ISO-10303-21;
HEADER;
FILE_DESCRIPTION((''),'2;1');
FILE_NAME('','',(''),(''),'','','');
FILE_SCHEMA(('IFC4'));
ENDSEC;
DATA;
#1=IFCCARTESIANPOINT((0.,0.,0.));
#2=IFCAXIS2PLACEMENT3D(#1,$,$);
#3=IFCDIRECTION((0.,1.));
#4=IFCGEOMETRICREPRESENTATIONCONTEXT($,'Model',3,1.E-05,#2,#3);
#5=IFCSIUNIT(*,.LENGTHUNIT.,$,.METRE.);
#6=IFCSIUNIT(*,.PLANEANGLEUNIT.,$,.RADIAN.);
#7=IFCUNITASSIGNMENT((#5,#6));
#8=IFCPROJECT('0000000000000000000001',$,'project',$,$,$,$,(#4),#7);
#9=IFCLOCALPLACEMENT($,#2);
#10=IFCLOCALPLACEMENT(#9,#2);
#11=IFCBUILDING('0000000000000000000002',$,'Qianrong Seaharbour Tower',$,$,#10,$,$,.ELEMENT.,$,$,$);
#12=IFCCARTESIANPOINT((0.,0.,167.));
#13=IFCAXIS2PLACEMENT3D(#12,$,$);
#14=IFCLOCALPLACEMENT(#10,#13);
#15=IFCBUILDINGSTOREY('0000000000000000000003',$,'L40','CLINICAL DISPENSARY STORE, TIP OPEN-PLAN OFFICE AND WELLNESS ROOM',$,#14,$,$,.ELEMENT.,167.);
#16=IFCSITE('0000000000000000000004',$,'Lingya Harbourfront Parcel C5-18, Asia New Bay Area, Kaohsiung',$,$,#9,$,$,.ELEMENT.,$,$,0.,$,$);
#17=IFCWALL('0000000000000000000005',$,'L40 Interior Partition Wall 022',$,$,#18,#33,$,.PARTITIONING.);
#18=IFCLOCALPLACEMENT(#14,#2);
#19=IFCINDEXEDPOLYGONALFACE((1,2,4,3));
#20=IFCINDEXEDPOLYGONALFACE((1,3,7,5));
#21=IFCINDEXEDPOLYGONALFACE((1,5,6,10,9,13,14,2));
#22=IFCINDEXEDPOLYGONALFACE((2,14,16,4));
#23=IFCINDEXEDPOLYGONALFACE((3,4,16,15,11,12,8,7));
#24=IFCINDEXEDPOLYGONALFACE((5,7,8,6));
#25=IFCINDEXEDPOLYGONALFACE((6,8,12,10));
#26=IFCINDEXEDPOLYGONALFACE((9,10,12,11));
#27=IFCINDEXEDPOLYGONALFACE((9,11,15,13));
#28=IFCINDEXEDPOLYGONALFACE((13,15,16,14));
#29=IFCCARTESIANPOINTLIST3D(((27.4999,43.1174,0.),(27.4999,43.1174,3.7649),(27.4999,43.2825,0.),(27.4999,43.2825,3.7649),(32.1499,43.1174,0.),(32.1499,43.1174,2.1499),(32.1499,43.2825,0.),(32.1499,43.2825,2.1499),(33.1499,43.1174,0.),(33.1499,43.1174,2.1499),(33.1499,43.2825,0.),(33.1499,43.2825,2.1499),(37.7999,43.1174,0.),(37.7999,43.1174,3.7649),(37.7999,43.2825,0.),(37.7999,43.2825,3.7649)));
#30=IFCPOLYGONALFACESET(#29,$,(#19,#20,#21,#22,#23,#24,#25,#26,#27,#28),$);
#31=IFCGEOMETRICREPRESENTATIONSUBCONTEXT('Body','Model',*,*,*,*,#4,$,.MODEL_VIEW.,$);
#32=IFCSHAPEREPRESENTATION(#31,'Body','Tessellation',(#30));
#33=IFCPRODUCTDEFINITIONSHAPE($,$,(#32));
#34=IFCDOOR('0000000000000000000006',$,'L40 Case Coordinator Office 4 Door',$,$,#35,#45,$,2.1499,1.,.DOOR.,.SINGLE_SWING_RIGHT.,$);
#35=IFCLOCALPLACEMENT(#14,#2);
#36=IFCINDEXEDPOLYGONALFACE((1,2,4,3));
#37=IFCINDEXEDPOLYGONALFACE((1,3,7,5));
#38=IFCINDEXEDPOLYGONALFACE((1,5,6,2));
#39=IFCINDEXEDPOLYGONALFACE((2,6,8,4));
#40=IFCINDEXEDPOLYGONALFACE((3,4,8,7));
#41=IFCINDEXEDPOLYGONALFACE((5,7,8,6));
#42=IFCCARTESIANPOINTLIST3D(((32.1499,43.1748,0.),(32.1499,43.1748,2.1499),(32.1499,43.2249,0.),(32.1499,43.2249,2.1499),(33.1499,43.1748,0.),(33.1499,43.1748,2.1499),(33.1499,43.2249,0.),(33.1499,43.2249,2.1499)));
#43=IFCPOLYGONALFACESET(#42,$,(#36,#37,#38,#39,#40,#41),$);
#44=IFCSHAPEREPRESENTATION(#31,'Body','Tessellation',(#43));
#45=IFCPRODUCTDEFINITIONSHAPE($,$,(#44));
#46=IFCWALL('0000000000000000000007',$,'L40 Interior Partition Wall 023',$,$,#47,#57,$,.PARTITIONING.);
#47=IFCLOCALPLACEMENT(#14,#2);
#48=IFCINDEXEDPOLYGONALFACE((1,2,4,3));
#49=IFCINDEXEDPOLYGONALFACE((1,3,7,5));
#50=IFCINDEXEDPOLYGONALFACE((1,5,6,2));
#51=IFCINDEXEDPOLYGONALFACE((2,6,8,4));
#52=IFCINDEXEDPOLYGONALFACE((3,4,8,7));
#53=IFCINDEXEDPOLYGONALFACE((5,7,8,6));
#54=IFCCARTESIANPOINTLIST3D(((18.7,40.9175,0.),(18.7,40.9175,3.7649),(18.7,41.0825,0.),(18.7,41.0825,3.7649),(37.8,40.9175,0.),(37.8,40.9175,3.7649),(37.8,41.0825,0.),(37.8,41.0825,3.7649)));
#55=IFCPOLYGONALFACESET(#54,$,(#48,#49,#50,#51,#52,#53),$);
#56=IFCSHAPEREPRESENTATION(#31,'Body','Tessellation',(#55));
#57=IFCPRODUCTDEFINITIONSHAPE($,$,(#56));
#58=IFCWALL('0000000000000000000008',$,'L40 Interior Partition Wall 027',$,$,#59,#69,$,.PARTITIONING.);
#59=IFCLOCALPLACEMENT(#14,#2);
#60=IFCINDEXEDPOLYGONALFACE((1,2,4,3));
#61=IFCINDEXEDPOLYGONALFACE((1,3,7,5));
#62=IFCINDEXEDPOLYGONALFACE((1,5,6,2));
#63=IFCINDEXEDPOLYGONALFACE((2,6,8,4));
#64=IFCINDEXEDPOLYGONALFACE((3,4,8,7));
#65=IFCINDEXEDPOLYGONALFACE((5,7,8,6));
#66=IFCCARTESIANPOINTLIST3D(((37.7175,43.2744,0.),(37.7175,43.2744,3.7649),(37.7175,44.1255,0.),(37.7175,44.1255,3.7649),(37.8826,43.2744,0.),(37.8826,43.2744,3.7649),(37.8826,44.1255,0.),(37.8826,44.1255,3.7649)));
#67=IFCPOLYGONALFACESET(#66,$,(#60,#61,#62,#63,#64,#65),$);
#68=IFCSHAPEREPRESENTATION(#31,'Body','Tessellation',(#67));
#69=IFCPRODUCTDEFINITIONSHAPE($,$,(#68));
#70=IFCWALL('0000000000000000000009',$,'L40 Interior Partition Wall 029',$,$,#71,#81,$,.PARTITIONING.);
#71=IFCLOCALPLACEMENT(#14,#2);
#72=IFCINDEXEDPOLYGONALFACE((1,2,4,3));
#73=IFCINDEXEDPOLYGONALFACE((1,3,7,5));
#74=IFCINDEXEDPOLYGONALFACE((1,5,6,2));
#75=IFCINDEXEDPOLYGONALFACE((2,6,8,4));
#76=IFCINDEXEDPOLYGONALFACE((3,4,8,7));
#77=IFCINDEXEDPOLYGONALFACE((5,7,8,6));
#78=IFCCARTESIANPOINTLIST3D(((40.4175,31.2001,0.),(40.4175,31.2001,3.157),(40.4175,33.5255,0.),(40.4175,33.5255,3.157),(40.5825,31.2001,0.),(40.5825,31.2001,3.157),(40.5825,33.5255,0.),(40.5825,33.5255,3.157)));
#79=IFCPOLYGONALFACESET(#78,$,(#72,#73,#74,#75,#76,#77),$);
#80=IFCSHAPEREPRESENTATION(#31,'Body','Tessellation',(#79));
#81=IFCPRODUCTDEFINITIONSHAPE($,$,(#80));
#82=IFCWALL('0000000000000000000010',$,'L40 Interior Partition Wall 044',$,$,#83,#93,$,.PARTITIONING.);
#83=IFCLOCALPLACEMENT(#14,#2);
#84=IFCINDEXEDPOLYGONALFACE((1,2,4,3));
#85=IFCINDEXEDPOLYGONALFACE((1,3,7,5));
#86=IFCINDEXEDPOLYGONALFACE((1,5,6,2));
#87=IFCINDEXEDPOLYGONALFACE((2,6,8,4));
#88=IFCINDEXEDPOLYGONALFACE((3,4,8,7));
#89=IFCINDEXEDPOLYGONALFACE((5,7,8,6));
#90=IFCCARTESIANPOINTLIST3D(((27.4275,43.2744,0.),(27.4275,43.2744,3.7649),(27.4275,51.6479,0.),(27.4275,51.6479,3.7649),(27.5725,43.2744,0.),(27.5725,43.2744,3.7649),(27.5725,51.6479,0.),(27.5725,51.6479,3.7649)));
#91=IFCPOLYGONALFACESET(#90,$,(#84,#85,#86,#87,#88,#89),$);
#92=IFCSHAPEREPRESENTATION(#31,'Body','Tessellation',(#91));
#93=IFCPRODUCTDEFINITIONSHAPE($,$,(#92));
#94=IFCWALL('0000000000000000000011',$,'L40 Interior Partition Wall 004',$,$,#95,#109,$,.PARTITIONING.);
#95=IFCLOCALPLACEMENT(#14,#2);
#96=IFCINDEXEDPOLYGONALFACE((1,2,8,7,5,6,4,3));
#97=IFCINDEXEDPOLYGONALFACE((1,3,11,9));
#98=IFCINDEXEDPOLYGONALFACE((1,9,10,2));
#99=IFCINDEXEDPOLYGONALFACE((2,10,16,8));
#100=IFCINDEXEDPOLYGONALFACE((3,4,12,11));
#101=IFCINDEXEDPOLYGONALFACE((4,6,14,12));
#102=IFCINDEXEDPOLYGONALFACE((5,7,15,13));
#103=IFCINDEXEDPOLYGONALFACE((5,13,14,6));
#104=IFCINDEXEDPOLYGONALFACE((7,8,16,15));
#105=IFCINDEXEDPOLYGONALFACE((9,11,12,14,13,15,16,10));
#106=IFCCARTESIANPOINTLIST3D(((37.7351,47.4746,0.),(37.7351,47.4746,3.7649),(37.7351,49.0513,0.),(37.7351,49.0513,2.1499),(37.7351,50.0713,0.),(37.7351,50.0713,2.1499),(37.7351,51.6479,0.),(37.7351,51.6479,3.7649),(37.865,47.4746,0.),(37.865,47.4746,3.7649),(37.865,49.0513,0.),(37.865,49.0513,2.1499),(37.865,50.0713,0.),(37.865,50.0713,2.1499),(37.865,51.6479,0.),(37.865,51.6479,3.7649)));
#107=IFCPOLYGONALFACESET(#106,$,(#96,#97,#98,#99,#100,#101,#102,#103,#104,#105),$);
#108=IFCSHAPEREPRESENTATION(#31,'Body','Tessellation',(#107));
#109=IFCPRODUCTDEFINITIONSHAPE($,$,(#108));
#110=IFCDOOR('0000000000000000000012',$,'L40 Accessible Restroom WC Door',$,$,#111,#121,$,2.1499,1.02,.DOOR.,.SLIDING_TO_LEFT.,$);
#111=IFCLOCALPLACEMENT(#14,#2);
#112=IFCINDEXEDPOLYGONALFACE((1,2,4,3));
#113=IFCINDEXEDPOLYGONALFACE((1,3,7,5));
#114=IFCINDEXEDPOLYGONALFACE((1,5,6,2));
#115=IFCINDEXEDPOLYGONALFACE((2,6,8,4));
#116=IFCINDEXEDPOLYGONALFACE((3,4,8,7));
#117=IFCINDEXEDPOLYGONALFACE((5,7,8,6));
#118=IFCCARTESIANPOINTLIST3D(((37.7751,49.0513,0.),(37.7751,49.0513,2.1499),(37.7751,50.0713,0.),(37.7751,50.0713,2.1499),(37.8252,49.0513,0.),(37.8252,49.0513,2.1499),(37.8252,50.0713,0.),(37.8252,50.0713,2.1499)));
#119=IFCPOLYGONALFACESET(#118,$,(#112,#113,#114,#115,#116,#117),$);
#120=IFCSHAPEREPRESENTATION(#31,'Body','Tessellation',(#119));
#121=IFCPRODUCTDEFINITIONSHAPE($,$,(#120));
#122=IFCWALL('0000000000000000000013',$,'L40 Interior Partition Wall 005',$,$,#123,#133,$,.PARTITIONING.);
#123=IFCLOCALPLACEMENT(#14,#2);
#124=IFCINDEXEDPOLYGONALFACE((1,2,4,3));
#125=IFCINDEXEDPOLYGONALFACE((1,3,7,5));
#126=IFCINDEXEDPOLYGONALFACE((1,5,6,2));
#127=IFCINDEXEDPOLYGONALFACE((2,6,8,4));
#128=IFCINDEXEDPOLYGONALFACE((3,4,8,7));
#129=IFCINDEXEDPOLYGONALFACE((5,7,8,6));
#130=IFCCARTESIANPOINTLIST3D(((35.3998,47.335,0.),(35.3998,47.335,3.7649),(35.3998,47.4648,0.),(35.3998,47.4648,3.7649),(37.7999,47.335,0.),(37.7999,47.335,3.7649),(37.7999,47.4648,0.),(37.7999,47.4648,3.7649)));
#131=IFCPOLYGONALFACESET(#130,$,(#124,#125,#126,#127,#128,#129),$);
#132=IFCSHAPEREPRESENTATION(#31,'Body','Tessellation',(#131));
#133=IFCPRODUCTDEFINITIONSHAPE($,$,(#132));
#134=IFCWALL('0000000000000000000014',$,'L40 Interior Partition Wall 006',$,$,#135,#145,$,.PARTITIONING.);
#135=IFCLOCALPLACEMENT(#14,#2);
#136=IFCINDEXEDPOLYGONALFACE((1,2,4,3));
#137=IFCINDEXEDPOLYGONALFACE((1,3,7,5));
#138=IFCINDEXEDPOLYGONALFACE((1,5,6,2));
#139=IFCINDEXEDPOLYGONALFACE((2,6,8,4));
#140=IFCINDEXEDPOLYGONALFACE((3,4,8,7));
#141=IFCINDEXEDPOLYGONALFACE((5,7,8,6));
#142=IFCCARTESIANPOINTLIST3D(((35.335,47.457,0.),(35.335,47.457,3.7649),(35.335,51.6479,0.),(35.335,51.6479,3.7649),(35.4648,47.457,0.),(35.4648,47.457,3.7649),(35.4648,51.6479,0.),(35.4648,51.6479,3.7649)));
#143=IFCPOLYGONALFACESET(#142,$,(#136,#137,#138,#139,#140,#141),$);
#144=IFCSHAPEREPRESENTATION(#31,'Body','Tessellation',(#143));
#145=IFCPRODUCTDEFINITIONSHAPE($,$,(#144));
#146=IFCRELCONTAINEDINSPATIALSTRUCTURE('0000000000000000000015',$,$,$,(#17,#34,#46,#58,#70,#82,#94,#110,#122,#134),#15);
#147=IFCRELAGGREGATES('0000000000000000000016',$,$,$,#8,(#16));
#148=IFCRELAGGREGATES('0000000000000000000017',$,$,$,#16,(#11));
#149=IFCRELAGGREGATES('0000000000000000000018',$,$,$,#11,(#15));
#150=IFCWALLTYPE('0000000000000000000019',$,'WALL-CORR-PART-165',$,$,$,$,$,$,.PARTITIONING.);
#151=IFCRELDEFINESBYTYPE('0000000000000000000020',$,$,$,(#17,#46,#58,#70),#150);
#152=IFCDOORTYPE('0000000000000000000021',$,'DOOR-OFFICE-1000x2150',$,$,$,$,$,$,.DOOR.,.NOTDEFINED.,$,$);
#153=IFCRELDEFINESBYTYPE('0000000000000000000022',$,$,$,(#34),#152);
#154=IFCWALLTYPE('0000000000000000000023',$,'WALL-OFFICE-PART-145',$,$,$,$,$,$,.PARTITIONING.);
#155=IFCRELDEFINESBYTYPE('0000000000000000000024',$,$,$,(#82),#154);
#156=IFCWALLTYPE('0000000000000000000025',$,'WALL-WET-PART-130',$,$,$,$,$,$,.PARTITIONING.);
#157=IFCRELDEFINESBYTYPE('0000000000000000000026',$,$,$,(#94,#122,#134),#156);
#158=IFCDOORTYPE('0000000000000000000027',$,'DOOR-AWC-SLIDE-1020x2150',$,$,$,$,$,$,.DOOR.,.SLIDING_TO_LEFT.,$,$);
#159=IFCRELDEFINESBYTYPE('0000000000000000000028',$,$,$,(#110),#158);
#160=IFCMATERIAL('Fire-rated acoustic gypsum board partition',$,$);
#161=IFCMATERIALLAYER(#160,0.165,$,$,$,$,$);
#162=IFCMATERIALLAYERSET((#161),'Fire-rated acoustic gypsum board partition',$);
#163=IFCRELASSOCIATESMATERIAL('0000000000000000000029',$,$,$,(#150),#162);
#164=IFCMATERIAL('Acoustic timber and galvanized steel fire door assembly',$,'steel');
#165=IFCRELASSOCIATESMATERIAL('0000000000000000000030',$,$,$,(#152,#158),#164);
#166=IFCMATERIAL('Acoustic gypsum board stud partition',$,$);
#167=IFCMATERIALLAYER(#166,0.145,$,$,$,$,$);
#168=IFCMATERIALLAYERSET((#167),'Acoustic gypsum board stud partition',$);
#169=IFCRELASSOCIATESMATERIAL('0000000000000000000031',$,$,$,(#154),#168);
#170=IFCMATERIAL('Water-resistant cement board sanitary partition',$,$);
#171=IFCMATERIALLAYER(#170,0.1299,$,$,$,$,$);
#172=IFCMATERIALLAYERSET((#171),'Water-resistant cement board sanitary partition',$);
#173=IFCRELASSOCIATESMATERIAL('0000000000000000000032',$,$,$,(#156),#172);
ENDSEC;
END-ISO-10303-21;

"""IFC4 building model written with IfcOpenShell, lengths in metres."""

from ifc_helpers import new_model, si_unit, direction, frame, frame_2d, origin, place, context, subcontext, project, spatial, rectangle, extrude, material, layer, layer_set, type_object, element, fill, save


model = new_model("IFC4")

# Units and contexts
model_context = context("Model", 3, precision=1e-05, world=origin(), true_north=direction((0.0, 1.0)))
body_context = subcontext(model_context, "Body", "Model", "MODEL_VIEW")
ifc_project = project(units=[si_unit("LENGTHUNIT", "METRE"), si_unit("PLANEANGLEUNIT", "RADIAN")], contexts=[model_context])

# Site, building, storey
site_placement = place(None, origin())
site = spatial("IfcSite", under=ifc_project, at=site_placement, Name="Lingya Harbourfront Parcel C5-18, Asia New Bay Area, Kaohsiung", CompositionType="ELEMENT", RefElevation=0.0)
building_placement = place(site_placement, origin())
building = spatial("IfcBuilding", under=site, at=building_placement, Name="Qianrong Seaharbour Tower", CompositionType="ELEMENT")
storey_placement = place(building_placement, frame((0.0, 0.0, 167.0)))
storey = spatial("IfcBuildingStorey", under=building, at=storey_placement, Name="L40", Description="CLINICAL DISPENSARY STORE, TIP OPEN-PLAN OFFICE AND WELLNESS ROOM", CompositionType="ELEMENT", Elevation=167.0)

# Shared definitions
ifc_material_1 = material(Name="Fire-rated acoustic gypsum board partition")
ifc_layer_1 = layer(ifc_material_1, 0.165)
ifc_layer_set_1 = layer_set([ifc_layer_1], Name="Fire-rated acoustic gypsum board partition")
wall_type_1 = type_object("IfcWallType", Name="WALL-CORR-PART-165", PredefinedType="PARTITIONING", material=ifc_layer_set_1)
ifc_material_2 = material(Name="Acoustic timber and galvanized steel fire door assembly", Category="steel")

# Wall, opening, door
wall_1_placement = place(storey_placement, frame((27.5, 43.2, 0.0), z_axis=(0.0, 0.0, 1.0), x_axis=(1.0, 0.0, 0.0)))
wall_1 = element("IfcWall", 1, at=wall_1_placement, inside=storey, type_object=wall_type_1, Name="L40 Interior Partition Wall 022", PredefinedType="PARTITIONING", context=body_context, shape_type="SweptSolid", body=[
    extrude(rectangle(XDim=10.3, YDim=0.165, at=frame_2d((5.1499, 0.0))), origin(), (0.0, 0.0, 1.0), 3.7649),
])
opening_1_placement = place(wall_1_placement, frame((4.6499, 0.0, 0.0)))
opening_1 = element("IfcOpeningElement", 2, at=opening_1_placement, cuts=wall_1, PredefinedType="OPENING", context=body_context, shape_type="SweptSolid", body=[
    extrude(rectangle(XDim=1.0, YDim=2.1499, at=frame_2d((0.5, 1.075))), frame((0.0, 0.0925, 0.0), z_axis=(0.0, -1.0, 0.0), x_axis=(1.0, 0.0, 0.0)), (0.0, 0.0, 1.0), 0.1851),
])
door_type_1 = type_object("IfcDoorType", Name="DOOR-OFFICE-1000x2150", OperationType="NOTDEFINED", PredefinedType="DOOR", material=ifc_material_2)
door_1_placement = place(opening_1_placement, origin())
door_1 = element("IfcDoor", 3, at=door_1_placement, inside=storey, type_object=door_type_1, Name="L40 Case Coordinator Office 4 Door", OperationType="SINGLE_SWING_RIGHT", OverallHeight=2.1499, OverallWidth=1.0, PredefinedType="DOOR", context=body_context, shape_type="SweptSolid", body=[
    extrude(rectangle(XDim=1.0, YDim=2.1499, at=frame_2d((0.5, 1.075))), frame((0.0, 0.0249, 0.0), z_axis=(0.0, -1.0, 0.0), x_axis=(1.0, 0.0, 0.0)), (0.0, 0.0, 1.0), 0.05),
])
fill(opening_1, door_1)

# Walls
wall_2_placement = place(storey_placement, frame((37.8, 41.0, 0.0), z_axis=(0.0, 0.0, 1.0), x_axis=(-1.0, 0.0, 0.0)))
element("IfcWall", 4, at=wall_2_placement, inside=storey, type_object=wall_type_1, Name="L40 Interior Partition Wall 023", PredefinedType="PARTITIONING", context=body_context, shape_type="SweptSolid", body=[
    extrude(rectangle(XDim=19.1001, YDim=0.165, at=frame_2d((9.55, 0.0))), origin(), (0.0, 0.0, 1.0), 3.7649),
])
wall_3_placement = place(storey_placement, frame((37.8, 43.2744, 0.0), z_axis=(0.0, 0.0, 1.0), x_axis=(0.0, 1.0, 0.0)))
element("IfcWall", 5, at=wall_3_placement, inside=storey, type_object=wall_type_1, Name="L40 Interior Partition Wall 027", PredefinedType="PARTITIONING", context=body_context, shape_type="SweptSolid", body=[
    extrude(rectangle(XDim=0.8511, YDim=0.165, at=frame_2d((0.4255, 0.0))), origin(), (0.0, 0.0, 1.0), 3.7649),
])
wall_4_placement = place(storey_placement, frame((40.5, 33.5254, 0.0), z_axis=(0.0, 0.0, 1.0), x_axis=(0.0, -1.0, 0.0)))
element("IfcWall", 6, at=wall_4_placement, inside=storey, type_object=wall_type_1, Name="L40 Interior Partition Wall 029", PredefinedType="PARTITIONING", context=body_context, shape_type="SweptSolid", body=[
    extrude(rectangle(XDim=2.3254, YDim=0.165, at=frame_2d((1.1626, 0.0))), origin(), (0.0, 0.0, 1.0), 3.157),
])
ifc_material_3 = material(Name="Acoustic gypsum board stud partition")
ifc_layer_2 = layer(ifc_material_3, 0.145)
ifc_layer_set_2 = layer_set([ifc_layer_2], Name="Acoustic gypsum board stud partition")
wall_type_2 = type_object("IfcWallType", Name="WALL-OFFICE-PART-145", PredefinedType="PARTITIONING", material=ifc_layer_set_2)
wall_5_placement = place(storey_placement, frame((27.5, 51.6479, 0.0), z_axis=(0.0, 0.0, 1.0), x_axis=(0.0, -1.0, 0.0)))
element("IfcWall", 7, at=wall_5_placement, inside=storey, type_object=wall_type_2, Name="L40 Interior Partition Wall 044", PredefinedType="PARTITIONING", context=body_context, shape_type="SweptSolid", body=[
    extrude(rectangle(XDim=8.3735, YDim=0.145, at=frame_2d((4.1868, 0.0))), origin(), (0.0, 0.0, 1.0), 3.7649),
])

# Wall, opening, door
ifc_material_4 = material(Name="Water-resistant cement board sanitary partition")
ifc_layer_3 = layer(ifc_material_4, 0.1299)
ifc_layer_set_3 = layer_set([ifc_layer_3], Name="Water-resistant cement board sanitary partition")
wall_type_3 = type_object("IfcWallType", Name="WALL-WET-PART-130", PredefinedType="PARTITIONING", material=ifc_layer_set_3)
wall_6_placement = place(storey_placement, frame((37.8, 47.4746, 0.0), z_axis=(0.0, 0.0, 1.0), x_axis=(0.0, 1.0, 0.0)))
wall_6 = element("IfcWall", 8, at=wall_6_placement, inside=storey, type_object=wall_type_3, Name="L40 Interior Partition Wall 004", PredefinedType="PARTITIONING", context=body_context, shape_type="SweptSolid", body=[
    extrude(rectangle(XDim=4.1733, YDim=0.1299, at=frame_2d((2.0867, 0.0))), origin(), (0.0, 0.0, 1.0), 3.7649),
])
opening_2_placement = place(wall_6_placement, frame((1.5767, 0.0, 0.0)))
opening_2 = element("IfcOpeningElement", 9, at=opening_2_placement, cuts=wall_6, PredefinedType="OPENING", context=body_context, shape_type="SweptSolid", body=[
    extrude(rectangle(XDim=1.02, YDim=2.1499, at=frame_2d((0.51, 1.075))), frame((0.0, 0.075, 0.0), z_axis=(0.0, -1.0, 0.0), x_axis=(1.0, 0.0, 0.0)), (0.0, 0.0, 1.0), 0.1499),
])
door_type_2 = type_object("IfcDoorType", Name="DOOR-AWC-SLIDE-1020x2150", OperationType="SLIDING_TO_LEFT", PredefinedType="DOOR", material=ifc_material_2)
door_2_placement = place(opening_2_placement, origin())
door_2 = element("IfcDoor", 10, at=door_2_placement, inside=storey, type_object=door_type_2, Name="L40 Accessible Restroom WC Door", OperationType="SLIDING_TO_LEFT", OverallHeight=2.1499, OverallWidth=1.02, PredefinedType="DOOR", context=body_context, shape_type="SweptSolid", body=[
    extrude(rectangle(XDim=1.02, YDim=2.1499, at=frame_2d((0.51, 1.075))), frame((0.0, 0.0249, 0.0), z_axis=(0.0, -1.0, 0.0), x_axis=(1.0, 0.0, 0.0)), (0.0, 0.0, 1.0), 0.05),
])
fill(opening_2, door_2)

# Walls
wall_7_placement = place(storey_placement, frame((37.8, 47.3999, 0.0), z_axis=(0.0, 0.0, 1.0), x_axis=(-1.0, 0.0, 0.0)))
element("IfcWall", 11, at=wall_7_placement, inside=storey, type_object=wall_type_3, Name="L40 Interior Partition Wall 005", PredefinedType="PARTITIONING", context=body_context, shape_type="SweptSolid", body=[
    extrude(rectangle(XDim=2.4001, YDim=0.1299, at=frame_2d((1.2002, 0.0))), origin(), (0.0, 0.0, 1.0), 3.7649),
])
wall_8_placement = place(storey_placement, frame((35.3999, 47.457, 0.0), z_axis=(0.0, 0.0, 1.0), x_axis=(0.0, 1.0, 0.0)))
element("IfcWall", 12, at=wall_8_placement, inside=storey, type_object=wall_type_3, Name="L40 Interior Partition Wall 006", PredefinedType="PARTITIONING", context=body_context, shape_type="SweptSolid", body=[
    extrude(rectangle(XDim=4.1909, YDim=0.1299, at=frame_2d((2.0955, 0.0))), origin(), (0.0, 0.0, 1.0), 3.7649),
])

save(model, "model.ifc")
